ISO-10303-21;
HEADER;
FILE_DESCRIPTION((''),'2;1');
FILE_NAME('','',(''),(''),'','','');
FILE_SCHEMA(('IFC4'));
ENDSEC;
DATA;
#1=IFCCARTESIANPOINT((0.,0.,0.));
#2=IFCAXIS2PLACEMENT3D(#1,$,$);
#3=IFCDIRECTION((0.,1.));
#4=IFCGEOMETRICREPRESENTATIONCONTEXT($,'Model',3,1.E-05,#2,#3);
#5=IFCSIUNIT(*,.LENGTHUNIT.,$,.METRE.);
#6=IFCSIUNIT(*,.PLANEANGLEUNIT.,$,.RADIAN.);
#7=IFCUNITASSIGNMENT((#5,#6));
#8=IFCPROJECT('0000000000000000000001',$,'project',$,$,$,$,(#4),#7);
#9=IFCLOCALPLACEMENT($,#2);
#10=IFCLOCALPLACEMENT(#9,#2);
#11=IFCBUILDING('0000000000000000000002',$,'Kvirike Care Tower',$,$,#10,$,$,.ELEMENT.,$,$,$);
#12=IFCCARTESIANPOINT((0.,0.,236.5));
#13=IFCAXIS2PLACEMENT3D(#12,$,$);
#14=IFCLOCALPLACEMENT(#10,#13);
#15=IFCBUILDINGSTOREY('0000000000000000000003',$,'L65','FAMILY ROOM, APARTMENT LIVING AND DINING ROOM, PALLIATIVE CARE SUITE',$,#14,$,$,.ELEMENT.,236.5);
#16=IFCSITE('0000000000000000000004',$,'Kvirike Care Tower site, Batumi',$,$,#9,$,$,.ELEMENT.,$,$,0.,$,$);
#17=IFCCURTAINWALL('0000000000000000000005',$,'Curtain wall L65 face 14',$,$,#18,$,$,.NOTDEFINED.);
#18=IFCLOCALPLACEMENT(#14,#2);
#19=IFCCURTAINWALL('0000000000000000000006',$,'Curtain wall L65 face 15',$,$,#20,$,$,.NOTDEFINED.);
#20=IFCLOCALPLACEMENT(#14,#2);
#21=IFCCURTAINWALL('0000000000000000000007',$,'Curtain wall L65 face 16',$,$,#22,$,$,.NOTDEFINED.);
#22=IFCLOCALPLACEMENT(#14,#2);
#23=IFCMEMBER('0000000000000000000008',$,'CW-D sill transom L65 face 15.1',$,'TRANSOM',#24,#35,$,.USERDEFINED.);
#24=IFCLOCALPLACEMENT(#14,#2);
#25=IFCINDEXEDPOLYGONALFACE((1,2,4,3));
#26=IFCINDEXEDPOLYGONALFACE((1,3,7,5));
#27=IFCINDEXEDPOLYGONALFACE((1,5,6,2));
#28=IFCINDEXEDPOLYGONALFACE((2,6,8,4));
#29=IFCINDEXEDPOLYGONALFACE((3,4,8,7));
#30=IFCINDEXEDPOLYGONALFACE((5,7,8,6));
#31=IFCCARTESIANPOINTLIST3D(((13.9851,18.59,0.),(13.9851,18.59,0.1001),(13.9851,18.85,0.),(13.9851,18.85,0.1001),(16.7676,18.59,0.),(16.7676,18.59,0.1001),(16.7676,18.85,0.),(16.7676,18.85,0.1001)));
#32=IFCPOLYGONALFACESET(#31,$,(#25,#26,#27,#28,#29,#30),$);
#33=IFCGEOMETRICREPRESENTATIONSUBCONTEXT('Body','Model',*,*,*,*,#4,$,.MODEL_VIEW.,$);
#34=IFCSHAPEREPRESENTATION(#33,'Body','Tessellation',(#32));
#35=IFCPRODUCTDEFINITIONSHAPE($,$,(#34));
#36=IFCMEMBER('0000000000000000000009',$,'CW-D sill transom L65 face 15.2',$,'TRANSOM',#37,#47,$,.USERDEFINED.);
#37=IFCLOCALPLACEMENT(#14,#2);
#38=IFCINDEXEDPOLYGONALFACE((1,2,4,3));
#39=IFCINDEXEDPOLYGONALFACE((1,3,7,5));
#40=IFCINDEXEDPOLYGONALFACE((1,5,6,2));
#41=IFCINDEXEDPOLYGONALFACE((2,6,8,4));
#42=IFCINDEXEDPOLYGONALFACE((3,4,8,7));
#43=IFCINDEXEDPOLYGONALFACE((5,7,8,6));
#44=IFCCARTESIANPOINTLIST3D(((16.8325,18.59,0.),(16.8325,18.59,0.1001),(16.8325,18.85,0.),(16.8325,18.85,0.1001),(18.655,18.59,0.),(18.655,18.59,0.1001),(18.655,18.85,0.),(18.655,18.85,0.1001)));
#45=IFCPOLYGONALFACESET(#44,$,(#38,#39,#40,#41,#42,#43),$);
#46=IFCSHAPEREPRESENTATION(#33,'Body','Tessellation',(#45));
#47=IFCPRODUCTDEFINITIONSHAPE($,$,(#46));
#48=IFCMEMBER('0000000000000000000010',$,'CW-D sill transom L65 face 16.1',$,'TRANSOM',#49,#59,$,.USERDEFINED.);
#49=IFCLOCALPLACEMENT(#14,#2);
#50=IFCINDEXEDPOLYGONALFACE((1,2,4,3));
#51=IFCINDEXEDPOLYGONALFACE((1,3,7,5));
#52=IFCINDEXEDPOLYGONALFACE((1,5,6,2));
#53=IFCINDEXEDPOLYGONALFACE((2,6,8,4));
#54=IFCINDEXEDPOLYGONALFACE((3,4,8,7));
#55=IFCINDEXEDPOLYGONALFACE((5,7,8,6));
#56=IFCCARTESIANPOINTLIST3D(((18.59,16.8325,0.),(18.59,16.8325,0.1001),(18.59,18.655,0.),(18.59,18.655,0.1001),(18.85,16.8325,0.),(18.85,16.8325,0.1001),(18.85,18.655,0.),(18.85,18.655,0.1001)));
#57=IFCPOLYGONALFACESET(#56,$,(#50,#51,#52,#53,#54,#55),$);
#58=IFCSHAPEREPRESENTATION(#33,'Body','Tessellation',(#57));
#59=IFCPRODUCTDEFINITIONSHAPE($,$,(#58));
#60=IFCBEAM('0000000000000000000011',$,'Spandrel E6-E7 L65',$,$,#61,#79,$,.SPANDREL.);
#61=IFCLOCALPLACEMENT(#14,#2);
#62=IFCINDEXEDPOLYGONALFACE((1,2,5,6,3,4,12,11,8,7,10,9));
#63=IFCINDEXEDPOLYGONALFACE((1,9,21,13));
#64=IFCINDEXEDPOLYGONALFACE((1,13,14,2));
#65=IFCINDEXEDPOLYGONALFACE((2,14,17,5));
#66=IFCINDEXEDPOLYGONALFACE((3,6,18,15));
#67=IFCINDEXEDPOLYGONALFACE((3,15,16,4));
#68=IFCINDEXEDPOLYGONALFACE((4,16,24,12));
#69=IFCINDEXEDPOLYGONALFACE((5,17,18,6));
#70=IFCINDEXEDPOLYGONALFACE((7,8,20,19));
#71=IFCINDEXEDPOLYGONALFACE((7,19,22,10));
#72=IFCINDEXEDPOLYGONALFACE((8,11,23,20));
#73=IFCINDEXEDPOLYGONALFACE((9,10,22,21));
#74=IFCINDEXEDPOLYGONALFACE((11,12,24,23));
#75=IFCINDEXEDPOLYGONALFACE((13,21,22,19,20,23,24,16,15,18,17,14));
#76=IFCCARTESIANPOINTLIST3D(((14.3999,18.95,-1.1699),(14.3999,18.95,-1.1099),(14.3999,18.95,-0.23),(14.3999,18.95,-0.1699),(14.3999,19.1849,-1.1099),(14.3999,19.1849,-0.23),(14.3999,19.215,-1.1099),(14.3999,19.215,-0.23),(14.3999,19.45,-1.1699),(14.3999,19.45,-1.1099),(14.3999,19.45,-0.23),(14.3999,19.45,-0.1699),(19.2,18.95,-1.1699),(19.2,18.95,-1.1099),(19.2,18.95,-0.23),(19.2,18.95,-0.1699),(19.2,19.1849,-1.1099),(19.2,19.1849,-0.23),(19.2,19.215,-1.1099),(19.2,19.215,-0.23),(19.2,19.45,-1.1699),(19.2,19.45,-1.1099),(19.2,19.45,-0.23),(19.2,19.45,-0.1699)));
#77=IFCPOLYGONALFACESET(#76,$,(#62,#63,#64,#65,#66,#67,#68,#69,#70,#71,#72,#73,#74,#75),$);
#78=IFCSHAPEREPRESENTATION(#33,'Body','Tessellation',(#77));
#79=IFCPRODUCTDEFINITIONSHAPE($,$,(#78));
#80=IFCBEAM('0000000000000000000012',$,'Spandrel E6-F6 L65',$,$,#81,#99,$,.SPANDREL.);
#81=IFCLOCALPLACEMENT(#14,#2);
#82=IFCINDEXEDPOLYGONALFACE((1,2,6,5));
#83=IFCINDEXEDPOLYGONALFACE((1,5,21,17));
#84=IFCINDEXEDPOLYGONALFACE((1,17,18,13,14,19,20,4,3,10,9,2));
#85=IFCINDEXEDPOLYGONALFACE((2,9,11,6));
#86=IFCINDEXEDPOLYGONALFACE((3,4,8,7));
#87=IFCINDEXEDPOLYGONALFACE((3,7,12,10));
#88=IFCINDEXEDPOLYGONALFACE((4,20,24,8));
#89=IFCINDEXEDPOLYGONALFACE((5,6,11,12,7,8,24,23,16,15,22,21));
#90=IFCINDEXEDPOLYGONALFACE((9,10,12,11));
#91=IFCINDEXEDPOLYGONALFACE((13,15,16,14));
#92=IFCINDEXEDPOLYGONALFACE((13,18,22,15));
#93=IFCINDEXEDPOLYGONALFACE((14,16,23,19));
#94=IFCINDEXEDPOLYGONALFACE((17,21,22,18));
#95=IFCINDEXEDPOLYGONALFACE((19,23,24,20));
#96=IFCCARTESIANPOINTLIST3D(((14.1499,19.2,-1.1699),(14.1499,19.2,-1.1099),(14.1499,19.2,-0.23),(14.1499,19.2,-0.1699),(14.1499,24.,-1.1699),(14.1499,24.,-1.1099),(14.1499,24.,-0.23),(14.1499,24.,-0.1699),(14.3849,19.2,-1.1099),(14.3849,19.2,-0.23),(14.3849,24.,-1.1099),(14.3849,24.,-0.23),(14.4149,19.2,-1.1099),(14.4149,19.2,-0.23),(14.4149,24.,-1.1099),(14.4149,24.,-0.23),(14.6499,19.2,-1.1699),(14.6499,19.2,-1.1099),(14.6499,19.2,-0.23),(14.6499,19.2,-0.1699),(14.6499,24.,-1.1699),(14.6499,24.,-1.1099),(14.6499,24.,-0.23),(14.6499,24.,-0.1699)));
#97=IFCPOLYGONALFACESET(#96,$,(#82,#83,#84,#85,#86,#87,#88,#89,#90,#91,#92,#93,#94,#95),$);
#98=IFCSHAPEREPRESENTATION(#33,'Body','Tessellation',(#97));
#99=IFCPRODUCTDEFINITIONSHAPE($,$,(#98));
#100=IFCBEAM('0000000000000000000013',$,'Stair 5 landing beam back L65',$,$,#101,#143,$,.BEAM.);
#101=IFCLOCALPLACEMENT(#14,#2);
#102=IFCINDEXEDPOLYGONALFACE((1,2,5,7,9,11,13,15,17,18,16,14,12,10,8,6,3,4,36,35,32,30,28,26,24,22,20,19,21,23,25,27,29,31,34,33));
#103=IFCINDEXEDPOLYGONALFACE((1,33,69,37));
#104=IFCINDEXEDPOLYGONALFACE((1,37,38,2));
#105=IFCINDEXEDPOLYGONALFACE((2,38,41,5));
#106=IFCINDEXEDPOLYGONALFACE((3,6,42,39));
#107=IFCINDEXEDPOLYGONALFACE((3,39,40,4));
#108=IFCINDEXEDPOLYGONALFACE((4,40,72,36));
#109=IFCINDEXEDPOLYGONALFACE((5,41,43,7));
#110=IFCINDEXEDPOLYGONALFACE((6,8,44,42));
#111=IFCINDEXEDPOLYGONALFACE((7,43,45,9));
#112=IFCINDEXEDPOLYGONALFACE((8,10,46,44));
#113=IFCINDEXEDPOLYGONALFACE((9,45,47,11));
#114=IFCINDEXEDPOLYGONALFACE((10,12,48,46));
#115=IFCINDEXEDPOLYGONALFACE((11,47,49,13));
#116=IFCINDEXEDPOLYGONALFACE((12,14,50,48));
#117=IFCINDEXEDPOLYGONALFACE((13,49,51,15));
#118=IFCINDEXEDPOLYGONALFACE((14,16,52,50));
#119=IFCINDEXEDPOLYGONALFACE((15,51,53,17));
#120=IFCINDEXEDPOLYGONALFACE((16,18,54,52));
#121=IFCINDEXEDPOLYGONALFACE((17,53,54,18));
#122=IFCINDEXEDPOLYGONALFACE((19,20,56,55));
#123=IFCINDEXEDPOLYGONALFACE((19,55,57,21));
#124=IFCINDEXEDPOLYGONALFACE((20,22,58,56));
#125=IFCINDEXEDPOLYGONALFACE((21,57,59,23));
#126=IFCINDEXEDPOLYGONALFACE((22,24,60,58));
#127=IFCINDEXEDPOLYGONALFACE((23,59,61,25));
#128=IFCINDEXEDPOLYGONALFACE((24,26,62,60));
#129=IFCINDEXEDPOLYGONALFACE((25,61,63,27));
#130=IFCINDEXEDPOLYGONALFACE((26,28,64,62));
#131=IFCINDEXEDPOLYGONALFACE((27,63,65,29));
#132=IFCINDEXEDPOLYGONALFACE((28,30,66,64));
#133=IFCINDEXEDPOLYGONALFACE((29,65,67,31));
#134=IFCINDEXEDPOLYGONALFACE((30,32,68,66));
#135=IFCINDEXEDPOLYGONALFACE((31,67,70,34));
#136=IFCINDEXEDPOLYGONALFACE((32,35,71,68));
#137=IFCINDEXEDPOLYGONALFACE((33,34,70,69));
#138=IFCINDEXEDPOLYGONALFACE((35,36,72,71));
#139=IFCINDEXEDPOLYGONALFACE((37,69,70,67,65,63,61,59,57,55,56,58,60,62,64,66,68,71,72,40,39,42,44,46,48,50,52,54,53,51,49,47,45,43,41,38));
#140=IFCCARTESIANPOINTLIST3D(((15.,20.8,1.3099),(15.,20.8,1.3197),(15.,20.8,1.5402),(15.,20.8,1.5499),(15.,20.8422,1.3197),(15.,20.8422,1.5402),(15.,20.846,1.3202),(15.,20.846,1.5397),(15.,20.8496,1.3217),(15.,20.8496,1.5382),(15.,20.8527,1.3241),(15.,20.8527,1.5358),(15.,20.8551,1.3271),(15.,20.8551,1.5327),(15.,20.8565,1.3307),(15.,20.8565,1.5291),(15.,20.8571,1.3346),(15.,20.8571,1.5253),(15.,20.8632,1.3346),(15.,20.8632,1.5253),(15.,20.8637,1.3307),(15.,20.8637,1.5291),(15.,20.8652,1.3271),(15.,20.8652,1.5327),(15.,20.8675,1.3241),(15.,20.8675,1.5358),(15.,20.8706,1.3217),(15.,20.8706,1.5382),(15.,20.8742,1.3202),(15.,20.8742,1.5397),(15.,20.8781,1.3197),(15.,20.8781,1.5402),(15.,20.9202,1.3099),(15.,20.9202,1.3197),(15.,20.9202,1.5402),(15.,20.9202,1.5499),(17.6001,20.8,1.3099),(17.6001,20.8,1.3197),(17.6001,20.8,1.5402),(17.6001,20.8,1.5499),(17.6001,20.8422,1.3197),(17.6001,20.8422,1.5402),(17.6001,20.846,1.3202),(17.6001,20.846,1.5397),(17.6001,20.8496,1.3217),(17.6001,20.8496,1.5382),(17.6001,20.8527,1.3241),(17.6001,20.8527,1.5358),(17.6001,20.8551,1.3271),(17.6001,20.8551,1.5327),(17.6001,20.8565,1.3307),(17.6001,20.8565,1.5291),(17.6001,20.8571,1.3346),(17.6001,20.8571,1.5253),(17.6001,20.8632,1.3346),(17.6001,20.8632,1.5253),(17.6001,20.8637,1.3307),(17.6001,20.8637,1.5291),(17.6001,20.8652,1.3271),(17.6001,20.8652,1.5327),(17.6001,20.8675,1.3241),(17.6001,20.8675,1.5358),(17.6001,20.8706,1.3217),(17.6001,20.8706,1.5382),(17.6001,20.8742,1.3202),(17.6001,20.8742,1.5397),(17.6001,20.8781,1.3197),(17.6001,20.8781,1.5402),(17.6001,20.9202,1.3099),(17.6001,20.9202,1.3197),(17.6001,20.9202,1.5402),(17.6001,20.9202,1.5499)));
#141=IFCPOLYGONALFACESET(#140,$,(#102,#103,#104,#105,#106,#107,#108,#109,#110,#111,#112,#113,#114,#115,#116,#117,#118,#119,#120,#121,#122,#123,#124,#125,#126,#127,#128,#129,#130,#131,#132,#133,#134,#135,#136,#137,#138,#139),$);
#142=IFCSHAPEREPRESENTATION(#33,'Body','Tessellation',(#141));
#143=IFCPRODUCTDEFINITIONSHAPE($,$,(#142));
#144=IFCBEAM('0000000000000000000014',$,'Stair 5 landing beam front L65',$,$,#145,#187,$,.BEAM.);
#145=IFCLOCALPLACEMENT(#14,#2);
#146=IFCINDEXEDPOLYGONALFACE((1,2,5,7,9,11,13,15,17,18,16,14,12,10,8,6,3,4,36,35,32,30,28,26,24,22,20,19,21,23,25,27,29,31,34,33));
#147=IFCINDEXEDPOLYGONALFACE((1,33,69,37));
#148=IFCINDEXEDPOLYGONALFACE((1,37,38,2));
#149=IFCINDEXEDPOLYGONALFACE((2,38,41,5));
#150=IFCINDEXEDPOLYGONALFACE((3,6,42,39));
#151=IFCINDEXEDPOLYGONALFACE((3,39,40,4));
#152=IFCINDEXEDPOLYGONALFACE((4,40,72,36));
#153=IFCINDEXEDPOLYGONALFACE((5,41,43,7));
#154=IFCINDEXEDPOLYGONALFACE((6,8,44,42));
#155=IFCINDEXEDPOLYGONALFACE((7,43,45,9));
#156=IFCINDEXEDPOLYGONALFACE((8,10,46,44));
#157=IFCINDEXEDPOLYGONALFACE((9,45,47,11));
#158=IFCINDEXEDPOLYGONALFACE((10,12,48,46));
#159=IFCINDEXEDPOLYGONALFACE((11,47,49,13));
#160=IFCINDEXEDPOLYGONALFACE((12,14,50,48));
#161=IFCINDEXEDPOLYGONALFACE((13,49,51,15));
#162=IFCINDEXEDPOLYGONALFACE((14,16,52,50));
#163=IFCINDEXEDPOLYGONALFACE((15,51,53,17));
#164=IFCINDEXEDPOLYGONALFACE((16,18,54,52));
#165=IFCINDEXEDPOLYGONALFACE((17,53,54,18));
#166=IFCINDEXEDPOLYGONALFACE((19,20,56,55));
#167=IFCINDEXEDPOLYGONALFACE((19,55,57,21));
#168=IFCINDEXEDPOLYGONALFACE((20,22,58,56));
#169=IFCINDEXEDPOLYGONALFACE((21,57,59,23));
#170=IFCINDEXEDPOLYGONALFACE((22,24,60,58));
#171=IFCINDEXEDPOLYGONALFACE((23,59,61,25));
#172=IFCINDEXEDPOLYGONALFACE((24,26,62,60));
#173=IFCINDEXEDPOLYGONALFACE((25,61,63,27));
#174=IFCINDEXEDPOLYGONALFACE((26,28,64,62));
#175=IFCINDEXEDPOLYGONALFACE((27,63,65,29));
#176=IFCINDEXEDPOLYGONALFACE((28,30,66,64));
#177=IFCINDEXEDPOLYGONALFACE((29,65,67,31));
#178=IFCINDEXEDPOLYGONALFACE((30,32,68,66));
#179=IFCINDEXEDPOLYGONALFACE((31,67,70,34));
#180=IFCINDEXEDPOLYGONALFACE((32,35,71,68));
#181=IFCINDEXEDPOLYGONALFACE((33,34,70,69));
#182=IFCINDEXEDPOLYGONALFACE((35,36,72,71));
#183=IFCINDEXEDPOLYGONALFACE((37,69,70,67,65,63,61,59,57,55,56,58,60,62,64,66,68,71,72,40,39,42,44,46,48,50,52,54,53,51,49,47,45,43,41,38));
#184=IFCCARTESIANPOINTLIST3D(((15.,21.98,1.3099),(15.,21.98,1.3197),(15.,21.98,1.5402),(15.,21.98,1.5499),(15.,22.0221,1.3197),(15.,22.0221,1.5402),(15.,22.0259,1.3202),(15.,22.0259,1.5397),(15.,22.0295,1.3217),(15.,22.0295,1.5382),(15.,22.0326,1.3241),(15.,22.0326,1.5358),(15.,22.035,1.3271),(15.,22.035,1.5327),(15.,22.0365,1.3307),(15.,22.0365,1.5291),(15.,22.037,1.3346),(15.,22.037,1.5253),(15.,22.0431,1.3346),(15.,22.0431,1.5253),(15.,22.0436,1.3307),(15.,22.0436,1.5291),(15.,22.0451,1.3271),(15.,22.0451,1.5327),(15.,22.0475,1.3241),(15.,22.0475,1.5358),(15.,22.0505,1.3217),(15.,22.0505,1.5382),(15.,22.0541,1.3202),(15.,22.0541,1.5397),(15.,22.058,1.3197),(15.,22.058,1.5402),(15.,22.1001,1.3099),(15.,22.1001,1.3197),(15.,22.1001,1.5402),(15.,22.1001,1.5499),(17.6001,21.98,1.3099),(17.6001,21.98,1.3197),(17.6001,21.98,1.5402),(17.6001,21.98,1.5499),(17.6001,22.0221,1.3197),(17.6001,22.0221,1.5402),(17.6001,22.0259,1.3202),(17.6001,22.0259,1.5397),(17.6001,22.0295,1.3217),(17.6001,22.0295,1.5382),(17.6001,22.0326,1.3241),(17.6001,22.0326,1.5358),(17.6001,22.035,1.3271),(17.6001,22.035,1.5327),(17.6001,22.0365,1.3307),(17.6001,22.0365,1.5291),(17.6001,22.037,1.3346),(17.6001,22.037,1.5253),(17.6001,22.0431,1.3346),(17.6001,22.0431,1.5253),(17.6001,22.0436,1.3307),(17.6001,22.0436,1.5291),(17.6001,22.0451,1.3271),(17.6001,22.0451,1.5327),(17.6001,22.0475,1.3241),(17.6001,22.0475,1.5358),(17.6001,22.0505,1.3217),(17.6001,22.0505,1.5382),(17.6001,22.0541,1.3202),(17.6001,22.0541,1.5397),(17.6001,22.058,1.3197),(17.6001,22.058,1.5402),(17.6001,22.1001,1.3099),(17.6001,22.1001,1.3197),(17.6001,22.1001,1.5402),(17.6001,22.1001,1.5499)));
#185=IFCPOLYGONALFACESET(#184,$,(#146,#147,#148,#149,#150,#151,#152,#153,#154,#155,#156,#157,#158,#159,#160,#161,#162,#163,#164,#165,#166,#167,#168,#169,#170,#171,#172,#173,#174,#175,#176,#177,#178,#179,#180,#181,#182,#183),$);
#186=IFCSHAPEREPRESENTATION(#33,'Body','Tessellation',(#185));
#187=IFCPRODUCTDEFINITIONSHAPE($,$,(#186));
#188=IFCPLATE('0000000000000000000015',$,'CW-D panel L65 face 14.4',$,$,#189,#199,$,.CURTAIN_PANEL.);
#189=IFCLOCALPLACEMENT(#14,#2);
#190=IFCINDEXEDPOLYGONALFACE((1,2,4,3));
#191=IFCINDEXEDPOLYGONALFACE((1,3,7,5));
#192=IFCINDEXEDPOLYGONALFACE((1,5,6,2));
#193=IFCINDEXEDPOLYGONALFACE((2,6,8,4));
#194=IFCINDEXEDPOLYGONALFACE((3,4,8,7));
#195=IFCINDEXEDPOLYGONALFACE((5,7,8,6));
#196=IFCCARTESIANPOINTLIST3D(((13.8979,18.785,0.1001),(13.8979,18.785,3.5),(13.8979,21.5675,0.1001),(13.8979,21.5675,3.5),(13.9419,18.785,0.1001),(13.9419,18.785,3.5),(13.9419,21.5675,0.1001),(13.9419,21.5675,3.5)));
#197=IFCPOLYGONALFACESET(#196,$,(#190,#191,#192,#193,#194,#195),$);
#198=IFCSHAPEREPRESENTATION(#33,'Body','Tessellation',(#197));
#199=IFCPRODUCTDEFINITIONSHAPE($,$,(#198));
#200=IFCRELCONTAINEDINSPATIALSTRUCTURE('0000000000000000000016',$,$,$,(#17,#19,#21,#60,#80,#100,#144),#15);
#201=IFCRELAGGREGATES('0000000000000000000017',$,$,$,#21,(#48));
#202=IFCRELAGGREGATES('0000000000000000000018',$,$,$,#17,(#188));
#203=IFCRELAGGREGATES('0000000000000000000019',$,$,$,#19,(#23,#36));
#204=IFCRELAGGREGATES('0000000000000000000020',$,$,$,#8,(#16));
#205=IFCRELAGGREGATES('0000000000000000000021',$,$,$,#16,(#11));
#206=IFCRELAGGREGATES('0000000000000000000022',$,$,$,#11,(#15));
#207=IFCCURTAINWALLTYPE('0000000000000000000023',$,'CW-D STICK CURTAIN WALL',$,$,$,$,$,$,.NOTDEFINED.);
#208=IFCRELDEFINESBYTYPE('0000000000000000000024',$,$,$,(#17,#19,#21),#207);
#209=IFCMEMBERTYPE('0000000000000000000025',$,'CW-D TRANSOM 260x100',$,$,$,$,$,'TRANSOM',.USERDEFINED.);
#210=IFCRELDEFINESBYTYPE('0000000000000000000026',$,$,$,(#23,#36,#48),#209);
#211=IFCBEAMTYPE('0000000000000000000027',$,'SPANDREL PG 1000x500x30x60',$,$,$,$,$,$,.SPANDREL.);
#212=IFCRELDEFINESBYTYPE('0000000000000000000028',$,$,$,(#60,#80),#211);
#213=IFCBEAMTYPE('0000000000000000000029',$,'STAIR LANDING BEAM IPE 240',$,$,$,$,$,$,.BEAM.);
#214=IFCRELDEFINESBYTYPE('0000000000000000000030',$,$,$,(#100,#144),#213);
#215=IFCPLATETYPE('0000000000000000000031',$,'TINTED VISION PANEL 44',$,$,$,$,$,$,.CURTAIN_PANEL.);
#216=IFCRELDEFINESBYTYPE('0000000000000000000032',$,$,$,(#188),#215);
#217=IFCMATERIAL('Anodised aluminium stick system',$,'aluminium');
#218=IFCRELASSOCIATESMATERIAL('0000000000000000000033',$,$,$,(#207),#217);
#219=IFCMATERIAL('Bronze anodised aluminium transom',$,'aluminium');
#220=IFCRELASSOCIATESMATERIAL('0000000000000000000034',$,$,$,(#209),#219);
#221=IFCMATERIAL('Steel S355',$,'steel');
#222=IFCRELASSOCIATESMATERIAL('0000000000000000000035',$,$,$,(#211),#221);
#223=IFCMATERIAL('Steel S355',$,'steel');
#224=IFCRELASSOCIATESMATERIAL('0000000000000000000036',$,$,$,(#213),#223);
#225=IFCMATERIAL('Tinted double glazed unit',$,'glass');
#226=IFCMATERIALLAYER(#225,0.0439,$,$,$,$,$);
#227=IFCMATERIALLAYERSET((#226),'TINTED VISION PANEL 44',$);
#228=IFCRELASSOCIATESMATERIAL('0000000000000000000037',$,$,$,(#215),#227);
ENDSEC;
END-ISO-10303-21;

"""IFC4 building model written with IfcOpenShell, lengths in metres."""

from ifc_helpers import new_model, si_unit, direction, frame, origin, origin_2d, place, context, subcontext, project, spatial, rectangle, i_section, extrude, material, layer, layer_set, material_profile, profile_set, type_object, element, aggregate, save


model = new_model("IFC4")

# Units and contexts
model_context = context("Model", 3, precision=1e-05, world=origin(), true_north=direction((0.0, 1.0)))
body_context = subcontext(model_context, "Body", "Model", "MODEL_VIEW")
ifc_project = project(units=[si_unit("LENGTHUNIT", "METRE"), si_unit("PLANEANGLEUNIT", "RADIAN")], contexts=[model_context])

# Site, building, storey
site_placement = place(None, origin())
site = spatial("IfcSite", under=ifc_project, at=site_placement, Name="Kvirike Care Tower site, Batumi", CompositionType="ELEMENT", RefElevation=0.0)
building_placement = place(site_placement, origin())
building = spatial("IfcBuilding", under=site, at=building_placement, Name="Kvirike Care Tower", CompositionType="ELEMENT")
storey_placement = place(building_placement, frame((0.0, 0.0, 236.5)))
storey = spatial("IfcBuildingStorey", under=building, at=storey_placement, Name="L65", Description="FAMILY ROOM, APARTMENT LIVING AND DINING ROOM, PALLIATIVE CARE SUITE", CompositionType="ELEMENT", Elevation=236.5)

# Curtain walls
ifc_material_1 = material(Name="Anodised aluminium stick system", Category="aluminium")
curtain_wall_type = type_object("IfcCurtainWallType", Name="CW-D STICK CURTAIN WALL", PredefinedType="NOTDEFINED", material=ifc_material_1)
curtain_wall_1_placement = place(storey_placement, origin())
curtain_wall_1 = element("IfcCurtainWall", 1, at=curtain_wall_1_placement, inside=storey, type_object=curtain_wall_type, Name="Curtain wall L65 face 14", PredefinedType="NOTDEFINED")
curtain_wall_2_placement = place(storey_placement, origin())
curtain_wall_2 = element("IfcCurtainWall", 2, at=curtain_wall_2_placement, inside=storey, type_object=curtain_wall_type, Name="Curtain wall L65 face 15", PredefinedType="NOTDEFINED")

# Curtain wall
curtain_wall_3_placement = place(storey_placement, origin())
curtain_wall_3 = element("IfcCurtainWall", 3, at=curtain_wall_3_placement, inside=storey, type_object=curtain_wall_type, Name="Curtain wall L65 face 16", PredefinedType="NOTDEFINED")

# Members
ifc_material_2 = material(Name="Bronze anodised aluminium transom", Category="aluminium")
ifc_material_profile_1 = material_profile(ifc_material_2, rectangle(XDim=0.26, YDim=0.1001, at=origin_2d()), Name="CW-D TRANSOM 260x100")
ifc_profile_set_1 = profile_set([ifc_material_profile_1], Name="Bronze anodised aluminium transom")
member_type_1 = type_object("IfcMemberType", Name="CW-D TRANSOM 260x100", ElementType="TRANSOM", PredefinedType="USERDEFINED", material=ifc_profile_set_1)
member_1_placement = place(storey_placement, frame((13.9851, 18.72, 0.05), z_axis=(1.0, 0.0, 0.0), x_axis=(0.0, 1.0, 0.0)))
member_1 = element("IfcMember", 4, at=member_1_placement, type_object=member_type_1, Name="CW-D sill transom L65 face 15.1", ObjectType="TRANSOM", PredefinedType="USERDEFINED", context=body_context, shape_type="SweptSolid", body=[
    extrude(rectangle(XDim=0.26, YDim=0.1001, at=origin_2d()), origin(), (0.0, 0.0, 1.0), 2.7825),
])
member_2_placement = place(storey_placement, frame((16.8325, 18.72, 0.05), z_axis=(1.0, 0.0, 0.0), x_axis=(0.0, 1.0, 0.0)))
member_2 = element("IfcMember", 5, at=member_2_placement, type_object=member_type_1, Name="CW-D sill transom L65 face 15.2", ObjectType="TRANSOM", PredefinedType="USERDEFINED", context=body_context, shape_type="SweptSolid", body=[
    extrude(rectangle(XDim=0.26, YDim=0.1001, at=origin_2d()), origin(), (0.0, 0.0, 1.0), 1.8225),
])
member_3_placement = place(storey_placement, frame((18.72, 18.655, 0.05), z_axis=(0.0, -1.0, 0.0), x_axis=(1.0, 0.0, 0.0)))
member_3 = element("IfcMember", 6, at=member_3_placement, type_object=member_type_1, Name="CW-D sill transom L65 face 16.1", ObjectType="TRANSOM", PredefinedType="USERDEFINED", context=body_context, shape_type="SweptSolid", body=[
    extrude(rectangle(XDim=0.26, YDim=0.1001, at=origin_2d()), origin(), (0.0, 0.0, 1.0), 1.8225),
])
aggregate(curtain_wall_3, [member_3])

# Beams
ifc_material_3 = material(Name="Steel S355", Category="steel")
ifc_material_profile_2 = material_profile(ifc_material_3, i_section(OverallWidth=0.5, OverallDepth=1.0, WebThickness=0.03, FlangeThickness=0.0601, at=origin_2d()), Name="PG 1000x500x30x60")
ifc_profile_set_2 = profile_set([ifc_material_profile_2], Name="Steel S355")
beam_type_1 = type_object("IfcBeamType", Name="SPANDREL PG 1000x500x30x60", PredefinedType="SPANDREL", material=ifc_profile_set_2)
for number, where, z_axis, x_axis, name in (
    (7, (14.3999, 19.2, -0.6699), (1.0, 0.0, 0.0), (0.0, 1.0, 0.0), "Spandrel E6-E7 L65"),
    (8, (14.3999, 19.2, -0.6699), (0.0, 1.0, 0.0), (-1.0, 0.0, 0.0), "Spandrel E6-F6 L65"),
):
    element("IfcBeam", number, at=place(storey_placement, frame(where, z_axis=z_axis, x_axis=x_axis)), inside=storey, type_object=beam_type_1, Name=name, PredefinedType="SPANDREL", context=body_context, shape_type="SweptSolid", body=[
        extrude(i_section(OverallWidth=0.5, OverallDepth=1.0, WebThickness=0.03, FlangeThickness=0.0601, at=origin_2d()), origin(), (0.0, 0.0, 1.0), 4.8),
    ])
ifc_material_4 = material(Name="Steel S355", Category="steel")
ifc_material_profile_3 = material_profile(ifc_material_4, i_section(OverallWidth=0.1201, OverallDepth=0.24, WebThickness=0.0061, FlangeThickness=0.0098, FilletRadius=0.0149, at=origin_2d()), Name="IPE 240")
ifc_profile_set_3 = profile_set([ifc_material_profile_3], Name="Steel S355")
beam_type_2 = type_object("IfcBeamType", Name="STAIR LANDING BEAM IPE 240", PredefinedType="BEAM", material=ifc_profile_set_3)
for number, where, z_axis, x_axis, name in (
    (9, (15.0, 20.8601, 1.4299), (1.0, 0.0, 0.0), (0.0, 1.0, 0.0), "Stair 5 landing beam back L65"),
    (10, (15.0, 22.04, 1.4299), (1.0, 0.0, 0.0), (0.0, 1.0, 0.0), "Stair 5 landing beam front L65"),
):
    element("IfcBeam", number, at=place(storey_placement, frame(where, z_axis=z_axis, x_axis=x_axis)), inside=storey, type_object=beam_type_2, Name=name, PredefinedType="BEAM", context=body_context, shape_type="SweptSolid", body=[
        extrude(i_section(OverallWidth=0.1201, OverallDepth=0.24, WebThickness=0.0061, FlangeThickness=0.0098, FilletRadius=0.0149, at=origin_2d()), origin(), (0.0, 0.0, 1.0), 2.6001),
    ])

# Plate
ifc_material_5 = material(Name="Tinted double glazed unit", Category="glass")
ifc_layer_1 = layer(ifc_material_5, 0.0439)
ifc_layer_set_1 = layer_set([ifc_layer_1], Name="TINTED VISION PANEL 44")
plate_type = type_object("IfcPlateType", Name="TINTED VISION PANEL 44", PredefinedType="CURTAIN_PANEL", material=ifc_layer_set_1)
plate_1_placement = place(storey_placement, frame((13.9199, 20.1763, 0.1001), z_axis=(0.0, 0.0, 1.0), x_axis=(0.0, -1.0, 0.0)))
plate_1 = element("IfcPlate", 11, at=plate_1_placement, type_object=plate_type, Name="CW-D panel L65 face 14.4", PredefinedType="CURTAIN_PANEL", context=body_context, shape_type="SweptSolid", body=[
    extrude(rectangle(XDim=2.7825, YDim=0.0439, at=origin_2d()), origin(), (0.0, 0.0, 1.0), 3.3999),
])
aggregate(curtain_wall_1, [plate_1])
aggregate(curtain_wall_2, [member_1, member_2])

save(model, "model.ifc")
